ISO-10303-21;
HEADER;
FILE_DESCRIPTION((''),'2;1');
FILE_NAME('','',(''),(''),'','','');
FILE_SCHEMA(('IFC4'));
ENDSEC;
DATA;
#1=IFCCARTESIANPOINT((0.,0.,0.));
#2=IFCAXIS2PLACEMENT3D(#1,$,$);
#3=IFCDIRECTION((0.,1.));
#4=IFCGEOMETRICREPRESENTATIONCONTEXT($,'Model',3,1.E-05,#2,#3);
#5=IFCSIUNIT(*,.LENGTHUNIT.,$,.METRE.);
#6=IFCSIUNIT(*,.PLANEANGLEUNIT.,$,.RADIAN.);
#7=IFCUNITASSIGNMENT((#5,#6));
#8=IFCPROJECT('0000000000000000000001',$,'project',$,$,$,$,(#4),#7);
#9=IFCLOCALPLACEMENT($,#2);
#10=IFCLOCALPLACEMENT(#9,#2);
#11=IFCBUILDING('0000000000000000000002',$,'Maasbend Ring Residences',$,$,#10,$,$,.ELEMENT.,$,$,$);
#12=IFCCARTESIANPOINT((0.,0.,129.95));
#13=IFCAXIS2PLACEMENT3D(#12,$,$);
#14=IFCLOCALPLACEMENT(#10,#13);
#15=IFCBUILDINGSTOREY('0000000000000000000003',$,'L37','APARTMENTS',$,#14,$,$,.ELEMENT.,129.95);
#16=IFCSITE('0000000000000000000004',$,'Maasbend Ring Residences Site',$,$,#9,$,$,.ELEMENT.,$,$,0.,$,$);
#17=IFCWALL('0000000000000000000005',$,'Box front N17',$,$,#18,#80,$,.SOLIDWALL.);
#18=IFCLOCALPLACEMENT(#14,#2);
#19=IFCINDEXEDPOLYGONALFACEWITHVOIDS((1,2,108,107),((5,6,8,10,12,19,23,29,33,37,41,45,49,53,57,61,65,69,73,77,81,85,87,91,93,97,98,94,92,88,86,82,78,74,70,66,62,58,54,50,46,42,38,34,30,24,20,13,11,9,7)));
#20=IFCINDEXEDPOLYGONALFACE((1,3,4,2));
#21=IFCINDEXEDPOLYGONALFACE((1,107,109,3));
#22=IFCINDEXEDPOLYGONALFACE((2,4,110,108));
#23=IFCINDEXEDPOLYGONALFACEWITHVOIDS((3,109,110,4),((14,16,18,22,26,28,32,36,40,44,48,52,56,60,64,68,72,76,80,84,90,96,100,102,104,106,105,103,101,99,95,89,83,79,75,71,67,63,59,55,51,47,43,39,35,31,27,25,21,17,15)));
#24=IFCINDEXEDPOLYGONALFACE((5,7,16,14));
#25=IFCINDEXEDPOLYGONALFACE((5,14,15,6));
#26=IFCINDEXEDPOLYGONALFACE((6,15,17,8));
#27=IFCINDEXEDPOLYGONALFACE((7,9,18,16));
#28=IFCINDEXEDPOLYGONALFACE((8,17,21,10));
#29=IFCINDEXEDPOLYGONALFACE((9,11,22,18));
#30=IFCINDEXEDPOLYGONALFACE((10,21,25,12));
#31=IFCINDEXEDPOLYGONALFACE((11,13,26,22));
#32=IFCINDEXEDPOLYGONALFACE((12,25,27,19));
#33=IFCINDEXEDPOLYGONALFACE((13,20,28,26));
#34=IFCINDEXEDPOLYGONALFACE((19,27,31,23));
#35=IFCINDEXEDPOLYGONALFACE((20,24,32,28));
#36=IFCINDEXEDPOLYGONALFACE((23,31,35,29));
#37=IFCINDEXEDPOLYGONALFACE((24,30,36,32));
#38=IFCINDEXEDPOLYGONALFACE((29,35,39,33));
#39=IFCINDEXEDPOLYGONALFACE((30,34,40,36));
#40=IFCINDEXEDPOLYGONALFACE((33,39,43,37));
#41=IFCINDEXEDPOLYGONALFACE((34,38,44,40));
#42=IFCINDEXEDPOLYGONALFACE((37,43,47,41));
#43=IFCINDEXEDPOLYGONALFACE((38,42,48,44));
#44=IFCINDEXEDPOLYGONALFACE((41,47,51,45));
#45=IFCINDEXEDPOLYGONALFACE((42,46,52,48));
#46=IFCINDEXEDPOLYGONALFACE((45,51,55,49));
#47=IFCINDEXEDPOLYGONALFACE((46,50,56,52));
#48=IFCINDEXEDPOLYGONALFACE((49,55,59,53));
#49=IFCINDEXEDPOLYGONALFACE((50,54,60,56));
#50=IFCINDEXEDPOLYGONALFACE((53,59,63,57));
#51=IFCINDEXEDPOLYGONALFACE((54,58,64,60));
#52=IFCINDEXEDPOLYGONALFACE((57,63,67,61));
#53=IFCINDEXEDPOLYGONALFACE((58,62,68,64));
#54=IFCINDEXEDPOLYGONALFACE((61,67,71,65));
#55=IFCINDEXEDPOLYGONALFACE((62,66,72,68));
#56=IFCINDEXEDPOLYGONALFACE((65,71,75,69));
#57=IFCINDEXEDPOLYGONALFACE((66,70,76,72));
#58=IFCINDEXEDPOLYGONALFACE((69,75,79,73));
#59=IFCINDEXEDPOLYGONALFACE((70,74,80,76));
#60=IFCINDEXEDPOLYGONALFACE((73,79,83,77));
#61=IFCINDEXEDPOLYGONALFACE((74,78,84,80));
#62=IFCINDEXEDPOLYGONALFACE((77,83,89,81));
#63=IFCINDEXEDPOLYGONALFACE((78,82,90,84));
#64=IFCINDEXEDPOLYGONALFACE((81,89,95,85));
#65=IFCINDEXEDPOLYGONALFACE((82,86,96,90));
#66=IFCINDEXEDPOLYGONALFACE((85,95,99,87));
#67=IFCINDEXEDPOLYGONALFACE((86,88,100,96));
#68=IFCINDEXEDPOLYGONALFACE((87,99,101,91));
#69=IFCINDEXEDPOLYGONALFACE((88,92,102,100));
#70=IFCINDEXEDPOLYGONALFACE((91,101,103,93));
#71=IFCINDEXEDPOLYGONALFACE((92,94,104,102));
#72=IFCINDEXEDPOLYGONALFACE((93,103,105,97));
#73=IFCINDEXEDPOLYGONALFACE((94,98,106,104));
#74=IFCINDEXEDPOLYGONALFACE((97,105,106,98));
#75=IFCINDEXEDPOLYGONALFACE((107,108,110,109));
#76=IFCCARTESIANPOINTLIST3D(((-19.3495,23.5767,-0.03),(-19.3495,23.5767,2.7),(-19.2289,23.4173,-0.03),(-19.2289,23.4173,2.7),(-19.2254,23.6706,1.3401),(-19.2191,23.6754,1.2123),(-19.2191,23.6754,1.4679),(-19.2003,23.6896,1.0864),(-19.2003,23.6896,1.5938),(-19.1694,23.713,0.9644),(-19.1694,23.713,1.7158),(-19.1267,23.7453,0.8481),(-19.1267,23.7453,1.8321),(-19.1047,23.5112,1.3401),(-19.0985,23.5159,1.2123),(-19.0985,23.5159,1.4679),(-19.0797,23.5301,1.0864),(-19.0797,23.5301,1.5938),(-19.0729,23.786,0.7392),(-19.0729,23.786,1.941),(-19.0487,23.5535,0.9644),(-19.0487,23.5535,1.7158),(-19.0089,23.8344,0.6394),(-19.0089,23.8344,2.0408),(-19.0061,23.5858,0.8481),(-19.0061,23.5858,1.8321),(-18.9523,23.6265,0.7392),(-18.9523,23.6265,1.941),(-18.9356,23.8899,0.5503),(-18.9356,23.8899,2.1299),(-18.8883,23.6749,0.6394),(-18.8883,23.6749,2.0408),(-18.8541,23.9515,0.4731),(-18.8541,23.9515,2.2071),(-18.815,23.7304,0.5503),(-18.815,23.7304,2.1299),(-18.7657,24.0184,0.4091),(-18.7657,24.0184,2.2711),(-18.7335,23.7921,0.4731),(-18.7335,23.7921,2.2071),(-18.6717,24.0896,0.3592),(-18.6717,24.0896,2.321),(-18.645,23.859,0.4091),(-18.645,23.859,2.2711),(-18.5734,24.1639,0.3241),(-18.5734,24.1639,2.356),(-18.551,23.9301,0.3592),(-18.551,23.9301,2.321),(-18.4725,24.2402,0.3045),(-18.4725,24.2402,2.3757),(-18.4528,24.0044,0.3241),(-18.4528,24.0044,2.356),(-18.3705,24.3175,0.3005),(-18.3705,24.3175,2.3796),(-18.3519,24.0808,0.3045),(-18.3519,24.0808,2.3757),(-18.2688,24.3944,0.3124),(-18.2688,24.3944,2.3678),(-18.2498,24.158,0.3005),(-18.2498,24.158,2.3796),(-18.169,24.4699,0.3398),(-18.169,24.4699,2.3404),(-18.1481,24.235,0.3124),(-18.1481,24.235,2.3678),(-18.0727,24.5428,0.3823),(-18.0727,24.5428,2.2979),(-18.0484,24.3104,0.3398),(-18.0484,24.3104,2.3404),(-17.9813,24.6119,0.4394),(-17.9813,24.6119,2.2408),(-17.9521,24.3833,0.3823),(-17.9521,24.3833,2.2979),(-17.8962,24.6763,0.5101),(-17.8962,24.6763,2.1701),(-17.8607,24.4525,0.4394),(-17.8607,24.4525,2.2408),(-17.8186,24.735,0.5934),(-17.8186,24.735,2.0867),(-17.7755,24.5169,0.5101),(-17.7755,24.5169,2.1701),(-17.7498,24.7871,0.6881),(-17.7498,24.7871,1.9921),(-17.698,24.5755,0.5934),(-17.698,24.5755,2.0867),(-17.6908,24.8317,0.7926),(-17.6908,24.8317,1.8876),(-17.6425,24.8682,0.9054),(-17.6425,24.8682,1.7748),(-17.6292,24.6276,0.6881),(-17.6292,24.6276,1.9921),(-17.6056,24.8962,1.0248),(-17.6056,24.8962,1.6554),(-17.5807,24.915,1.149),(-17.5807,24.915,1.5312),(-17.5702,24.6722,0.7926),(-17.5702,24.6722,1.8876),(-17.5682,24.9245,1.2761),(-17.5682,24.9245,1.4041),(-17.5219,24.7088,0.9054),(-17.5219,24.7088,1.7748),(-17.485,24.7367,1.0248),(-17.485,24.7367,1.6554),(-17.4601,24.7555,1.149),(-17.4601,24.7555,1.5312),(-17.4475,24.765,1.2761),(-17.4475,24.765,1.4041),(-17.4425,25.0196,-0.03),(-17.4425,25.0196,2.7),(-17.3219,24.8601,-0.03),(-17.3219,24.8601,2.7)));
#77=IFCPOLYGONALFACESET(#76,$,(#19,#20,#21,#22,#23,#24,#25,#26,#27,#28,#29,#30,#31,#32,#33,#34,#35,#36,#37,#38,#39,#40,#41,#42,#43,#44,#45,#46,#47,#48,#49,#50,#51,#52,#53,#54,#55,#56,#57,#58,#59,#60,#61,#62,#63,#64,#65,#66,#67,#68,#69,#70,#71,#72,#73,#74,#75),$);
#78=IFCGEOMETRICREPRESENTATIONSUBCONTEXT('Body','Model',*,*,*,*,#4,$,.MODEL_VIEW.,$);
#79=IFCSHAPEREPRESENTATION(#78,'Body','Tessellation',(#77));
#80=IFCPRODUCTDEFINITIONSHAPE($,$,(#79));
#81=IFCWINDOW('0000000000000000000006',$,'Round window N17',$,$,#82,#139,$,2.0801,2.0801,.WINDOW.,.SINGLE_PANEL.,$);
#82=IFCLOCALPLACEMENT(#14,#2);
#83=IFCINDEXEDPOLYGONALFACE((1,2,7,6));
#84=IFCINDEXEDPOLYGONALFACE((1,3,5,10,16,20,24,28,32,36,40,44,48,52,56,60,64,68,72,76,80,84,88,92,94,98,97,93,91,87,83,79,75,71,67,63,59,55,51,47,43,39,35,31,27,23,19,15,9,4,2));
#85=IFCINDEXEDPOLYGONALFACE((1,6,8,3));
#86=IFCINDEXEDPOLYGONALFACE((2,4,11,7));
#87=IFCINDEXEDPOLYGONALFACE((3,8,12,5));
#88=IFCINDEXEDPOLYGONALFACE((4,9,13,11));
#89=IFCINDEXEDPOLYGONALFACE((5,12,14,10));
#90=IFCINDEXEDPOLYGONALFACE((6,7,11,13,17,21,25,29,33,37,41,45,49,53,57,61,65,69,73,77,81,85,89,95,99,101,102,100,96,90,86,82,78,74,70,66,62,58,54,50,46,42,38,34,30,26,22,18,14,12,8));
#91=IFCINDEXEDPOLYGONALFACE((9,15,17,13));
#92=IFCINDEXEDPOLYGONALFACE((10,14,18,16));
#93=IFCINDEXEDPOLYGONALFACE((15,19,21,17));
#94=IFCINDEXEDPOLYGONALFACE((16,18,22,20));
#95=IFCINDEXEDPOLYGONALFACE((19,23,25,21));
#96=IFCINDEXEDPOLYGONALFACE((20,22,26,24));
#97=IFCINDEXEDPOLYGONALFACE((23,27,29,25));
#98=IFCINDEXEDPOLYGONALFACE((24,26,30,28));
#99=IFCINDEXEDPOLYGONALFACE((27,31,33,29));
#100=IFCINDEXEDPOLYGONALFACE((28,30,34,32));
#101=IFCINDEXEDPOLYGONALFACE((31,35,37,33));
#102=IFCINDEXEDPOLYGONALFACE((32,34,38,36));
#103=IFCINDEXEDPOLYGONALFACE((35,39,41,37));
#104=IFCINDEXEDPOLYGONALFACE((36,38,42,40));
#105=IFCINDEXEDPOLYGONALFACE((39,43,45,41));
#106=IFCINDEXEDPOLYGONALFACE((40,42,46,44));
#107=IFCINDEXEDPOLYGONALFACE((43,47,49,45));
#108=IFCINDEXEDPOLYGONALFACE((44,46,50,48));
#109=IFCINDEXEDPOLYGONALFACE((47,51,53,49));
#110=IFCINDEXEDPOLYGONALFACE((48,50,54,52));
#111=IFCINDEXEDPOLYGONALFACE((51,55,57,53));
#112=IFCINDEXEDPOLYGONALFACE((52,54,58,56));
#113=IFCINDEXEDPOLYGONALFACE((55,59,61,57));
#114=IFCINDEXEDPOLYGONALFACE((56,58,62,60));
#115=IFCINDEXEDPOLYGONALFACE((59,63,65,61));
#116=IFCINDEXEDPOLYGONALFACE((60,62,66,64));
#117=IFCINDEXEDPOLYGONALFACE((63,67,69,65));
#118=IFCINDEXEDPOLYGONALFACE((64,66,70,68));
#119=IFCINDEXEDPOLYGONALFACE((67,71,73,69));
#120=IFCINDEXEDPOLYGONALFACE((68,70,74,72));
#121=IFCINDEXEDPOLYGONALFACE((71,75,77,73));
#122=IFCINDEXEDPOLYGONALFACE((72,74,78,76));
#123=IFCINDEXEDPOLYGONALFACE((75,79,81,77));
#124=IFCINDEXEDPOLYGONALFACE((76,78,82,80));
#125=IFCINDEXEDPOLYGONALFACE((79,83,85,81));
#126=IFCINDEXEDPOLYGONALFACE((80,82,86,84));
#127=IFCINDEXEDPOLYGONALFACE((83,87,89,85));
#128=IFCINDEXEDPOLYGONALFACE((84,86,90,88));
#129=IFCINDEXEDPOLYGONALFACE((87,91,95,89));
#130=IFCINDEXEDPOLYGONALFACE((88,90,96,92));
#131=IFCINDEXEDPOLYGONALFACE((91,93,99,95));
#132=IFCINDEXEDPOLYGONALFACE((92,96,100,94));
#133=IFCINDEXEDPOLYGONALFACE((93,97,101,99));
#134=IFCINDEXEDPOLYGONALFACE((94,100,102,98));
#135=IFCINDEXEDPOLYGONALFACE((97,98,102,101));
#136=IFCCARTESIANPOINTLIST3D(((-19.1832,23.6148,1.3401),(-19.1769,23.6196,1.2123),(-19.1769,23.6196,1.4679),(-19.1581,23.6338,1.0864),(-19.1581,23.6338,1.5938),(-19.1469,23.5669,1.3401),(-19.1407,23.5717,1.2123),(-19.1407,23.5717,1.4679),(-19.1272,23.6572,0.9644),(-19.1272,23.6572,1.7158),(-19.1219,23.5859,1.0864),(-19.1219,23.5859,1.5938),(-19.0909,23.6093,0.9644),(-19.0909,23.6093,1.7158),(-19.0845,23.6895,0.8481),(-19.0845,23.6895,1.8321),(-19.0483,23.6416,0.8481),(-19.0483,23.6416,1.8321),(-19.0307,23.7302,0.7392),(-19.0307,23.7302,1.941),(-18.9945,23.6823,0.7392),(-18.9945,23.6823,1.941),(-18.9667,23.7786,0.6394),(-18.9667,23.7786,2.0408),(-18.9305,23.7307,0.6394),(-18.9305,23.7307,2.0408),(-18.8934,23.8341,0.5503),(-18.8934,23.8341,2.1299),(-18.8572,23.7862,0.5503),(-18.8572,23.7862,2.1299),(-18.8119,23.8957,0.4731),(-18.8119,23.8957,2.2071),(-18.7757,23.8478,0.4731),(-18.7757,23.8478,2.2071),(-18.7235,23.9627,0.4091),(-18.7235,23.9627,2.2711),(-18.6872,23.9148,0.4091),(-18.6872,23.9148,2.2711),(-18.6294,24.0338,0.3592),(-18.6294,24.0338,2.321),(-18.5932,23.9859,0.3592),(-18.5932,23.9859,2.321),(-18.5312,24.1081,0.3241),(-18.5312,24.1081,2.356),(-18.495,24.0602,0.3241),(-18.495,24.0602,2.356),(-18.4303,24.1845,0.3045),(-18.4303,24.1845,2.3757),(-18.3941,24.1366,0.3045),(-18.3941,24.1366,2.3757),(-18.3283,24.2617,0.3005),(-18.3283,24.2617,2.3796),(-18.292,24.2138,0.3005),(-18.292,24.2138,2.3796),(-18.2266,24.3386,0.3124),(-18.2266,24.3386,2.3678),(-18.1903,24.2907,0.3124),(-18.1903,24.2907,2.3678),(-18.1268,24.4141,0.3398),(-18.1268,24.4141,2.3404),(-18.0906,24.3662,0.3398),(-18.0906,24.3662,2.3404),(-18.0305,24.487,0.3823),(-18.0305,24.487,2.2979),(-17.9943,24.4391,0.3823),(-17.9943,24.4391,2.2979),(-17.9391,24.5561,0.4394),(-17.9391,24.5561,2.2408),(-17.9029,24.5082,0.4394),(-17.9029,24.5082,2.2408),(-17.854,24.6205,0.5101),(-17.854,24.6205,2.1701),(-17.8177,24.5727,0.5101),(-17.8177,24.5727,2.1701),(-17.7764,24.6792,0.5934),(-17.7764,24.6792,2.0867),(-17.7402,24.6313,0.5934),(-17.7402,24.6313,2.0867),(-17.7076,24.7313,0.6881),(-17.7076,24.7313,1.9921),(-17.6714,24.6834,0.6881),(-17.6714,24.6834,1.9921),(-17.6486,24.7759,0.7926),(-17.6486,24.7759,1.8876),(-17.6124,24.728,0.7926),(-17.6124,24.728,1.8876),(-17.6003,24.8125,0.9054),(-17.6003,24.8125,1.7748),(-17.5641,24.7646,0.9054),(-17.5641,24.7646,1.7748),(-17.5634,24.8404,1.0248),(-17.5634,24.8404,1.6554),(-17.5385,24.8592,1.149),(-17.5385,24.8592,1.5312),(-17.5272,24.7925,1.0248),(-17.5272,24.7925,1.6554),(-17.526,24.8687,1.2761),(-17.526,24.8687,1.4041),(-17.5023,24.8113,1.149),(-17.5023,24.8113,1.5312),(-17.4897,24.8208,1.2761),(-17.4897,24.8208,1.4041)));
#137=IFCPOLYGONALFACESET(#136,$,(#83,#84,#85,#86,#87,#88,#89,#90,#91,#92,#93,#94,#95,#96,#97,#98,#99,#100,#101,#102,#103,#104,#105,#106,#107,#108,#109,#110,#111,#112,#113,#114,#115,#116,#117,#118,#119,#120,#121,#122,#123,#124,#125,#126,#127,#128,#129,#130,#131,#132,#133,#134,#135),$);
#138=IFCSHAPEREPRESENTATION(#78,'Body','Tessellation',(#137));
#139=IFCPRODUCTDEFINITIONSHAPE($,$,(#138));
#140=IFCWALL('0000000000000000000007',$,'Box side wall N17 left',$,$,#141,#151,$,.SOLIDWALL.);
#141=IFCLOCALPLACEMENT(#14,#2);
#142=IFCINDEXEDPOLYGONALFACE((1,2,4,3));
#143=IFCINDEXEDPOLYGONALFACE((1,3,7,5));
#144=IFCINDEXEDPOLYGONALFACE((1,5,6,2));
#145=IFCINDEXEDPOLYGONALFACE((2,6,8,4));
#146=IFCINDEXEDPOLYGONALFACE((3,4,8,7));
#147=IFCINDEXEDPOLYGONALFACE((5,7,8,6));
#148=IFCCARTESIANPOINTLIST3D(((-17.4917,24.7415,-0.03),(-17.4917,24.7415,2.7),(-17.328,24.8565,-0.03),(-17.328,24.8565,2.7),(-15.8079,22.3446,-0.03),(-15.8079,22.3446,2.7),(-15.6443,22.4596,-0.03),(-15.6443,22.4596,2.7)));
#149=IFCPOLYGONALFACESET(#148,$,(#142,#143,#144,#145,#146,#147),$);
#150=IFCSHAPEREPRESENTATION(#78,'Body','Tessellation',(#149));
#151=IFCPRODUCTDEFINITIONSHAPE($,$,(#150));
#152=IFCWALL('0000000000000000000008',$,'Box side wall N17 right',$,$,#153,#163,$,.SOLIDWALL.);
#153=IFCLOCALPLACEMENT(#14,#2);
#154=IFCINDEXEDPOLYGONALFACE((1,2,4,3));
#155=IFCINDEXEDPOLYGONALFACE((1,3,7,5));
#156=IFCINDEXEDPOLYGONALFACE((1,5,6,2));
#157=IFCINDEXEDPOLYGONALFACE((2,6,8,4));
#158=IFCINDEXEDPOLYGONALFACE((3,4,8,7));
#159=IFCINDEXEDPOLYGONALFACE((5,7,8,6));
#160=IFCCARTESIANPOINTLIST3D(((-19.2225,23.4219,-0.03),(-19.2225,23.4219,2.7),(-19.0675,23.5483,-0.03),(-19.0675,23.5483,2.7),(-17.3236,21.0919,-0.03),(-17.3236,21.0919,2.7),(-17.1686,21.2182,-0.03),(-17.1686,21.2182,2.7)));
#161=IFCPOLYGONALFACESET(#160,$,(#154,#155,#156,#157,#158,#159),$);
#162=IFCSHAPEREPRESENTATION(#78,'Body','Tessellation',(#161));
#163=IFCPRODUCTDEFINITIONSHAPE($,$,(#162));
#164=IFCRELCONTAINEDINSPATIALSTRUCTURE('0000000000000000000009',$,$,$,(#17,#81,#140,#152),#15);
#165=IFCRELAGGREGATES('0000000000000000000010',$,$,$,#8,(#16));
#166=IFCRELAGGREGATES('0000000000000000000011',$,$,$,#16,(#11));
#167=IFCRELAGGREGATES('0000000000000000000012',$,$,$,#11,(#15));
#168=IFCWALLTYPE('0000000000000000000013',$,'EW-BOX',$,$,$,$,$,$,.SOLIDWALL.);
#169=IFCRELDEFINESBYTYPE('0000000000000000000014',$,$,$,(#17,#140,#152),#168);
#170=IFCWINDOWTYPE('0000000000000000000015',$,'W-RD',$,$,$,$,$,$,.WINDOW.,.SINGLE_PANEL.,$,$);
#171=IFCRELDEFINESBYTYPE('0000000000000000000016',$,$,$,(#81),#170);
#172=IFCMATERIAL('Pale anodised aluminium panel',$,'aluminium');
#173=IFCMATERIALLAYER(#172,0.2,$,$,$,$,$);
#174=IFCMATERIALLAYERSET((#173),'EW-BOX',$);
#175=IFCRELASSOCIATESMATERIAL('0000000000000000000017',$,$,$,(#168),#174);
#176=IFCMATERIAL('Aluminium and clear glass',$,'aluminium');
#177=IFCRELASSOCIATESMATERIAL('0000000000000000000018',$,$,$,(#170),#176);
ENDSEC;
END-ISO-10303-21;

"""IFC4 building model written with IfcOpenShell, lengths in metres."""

from ifc_helpers import new_model, si_unit, direction, frame, frame_2d, origin, place, context, subcontext, project, spatial, rectangle, circle, extrude, material, layer, layer_set, type_object, element, fill, save


model = new_model("IFC4")

# Units and contexts
model_context = context("Model", 3, precision=1e-05, world=origin(), true_north=direction((0.0, 1.0)))
body_context = subcontext(model_context, "Body", "Model", "MODEL_VIEW")
ifc_project = project(units=[si_unit("LENGTHUNIT", "METRE"), si_unit("PLANEANGLEUNIT", "RADIAN")], contexts=[model_context])

# Site, building, storey
site_placement = place(None, origin())
site = spatial("IfcSite", under=ifc_project, at=site_placement, Name="Maasbend Ring Residences Site", CompositionType="ELEMENT", RefElevation=0.0)
building_placement = place(site_placement, origin())
building = spatial("IfcBuilding", under=site, at=building_placement, Name="Maasbend Ring Residences", CompositionType="ELEMENT")
storey_placement = place(building_placement, frame((0.0, 0.0, 129.95)))
storey = spatial("IfcBuildingStorey", under=building, at=storey_placement, Name="L37", Description="APARTMENTS", CompositionType="ELEMENT", Elevation=129.95)

# Shared definitions
ifc_material_1 = material(Name="Pale anodised aluminium panel", Category="aluminium")
ifc_layer_1 = layer(ifc_material_1, 0.2)
ifc_layer_set_1 = layer_set([ifc_layer_1], Name="EW-BOX")
wall_type_1 = type_object("IfcWallType", Name="EW-BOX", PredefinedType="SOLIDWALL", material=ifc_layer_set_1)
ifc_material_2 = material(Name="Aluminium and clear glass", Category="aluminium")
window_type_1 = type_object("IfcWindowType", Name="W-RD", PartitioningType="SINGLE_PANEL", PredefinedType="WINDOW", material=ifc_material_2)

# Wall, opening, window
wall_1_placement = place(storey_placement, frame((-17.3821, 24.9399, -0.03), z_axis=(0.0, 0.0, 1.0), x_axis=(-0.797457, -0.603376, 0.0)))
wall_1 = element("IfcWall", 1, at=wall_1_placement, inside=storey, type_object=wall_type_1, Name="Box front N17", PredefinedType="SOLIDWALL", context=body_context, shape_type="SweptSolid", body=[
    extrude(rectangle(XDim=2.3914, YDim=0.2, at=frame_2d((1.1958, 0.0))), origin(), (0.0, 0.0, 1.0), 2.73),
])
opening_1_placement = place(wall_1_placement, frame((0.1558, 0.0, 0.3301)))
opening_1 = element("IfcOpeningElement", 2, at=opening_1_placement, cuts=wall_1, PredefinedType="OPENING", context=body_context, shape_type="SweptSolid", body=[
    extrude(circle(Radius=1.04, at=frame_2d((1.04, 1.04))), frame((0.0, 0.1099, 0.0), z_axis=(0.0, -1.0, 0.0), x_axis=(1.0, 0.0, 0.0)), (0.0, 0.0, 1.0), 0.22),
])
window_1_placement = place(opening_1_placement, origin())
window_1 = element("IfcWindow", 3, at=window_1_placement, inside=storey, type_object=window_type_1, Name="Round window N17", OverallHeight=2.0801, OverallWidth=2.0801, PartitioningType="SINGLE_PANEL", PredefinedType="WINDOW", context=body_context, shape_type="SweptSolid", body=[
    extrude(circle(Radius=1.04, at=frame_2d((1.04, 1.04))), frame((0.0, 0.03, 0.0), z_axis=(0.0, -1.0, 0.0), x_axis=(1.0, 0.0, 0.0)), (0.0, 0.0, 1.0), 0.0601),
])
fill(opening_1, window_1)

# Walls
wall_2_placement = place(storey_placement, frame((-15.7261, 22.4021, -0.03), z_axis=(0.0, 0.0, 1.0), x_axis=(-0.574826, 0.818275, 0.0)))
element("IfcWall", 4, at=wall_2_placement, inside=storey, type_object=wall_type_1, Name="Box side wall N17 left", PredefinedType="SOLIDWALL", context=body_context, shape_type="SweptSolid", body=[
    extrude(rectangle(XDim=2.9292, YDim=0.2, at=frame_2d((1.4646, 0.0))), origin(), (0.0, 0.0, 1.0), 2.73),
])
wall_3_placement = place(storey_placement, frame((-17.2461, 21.155, -0.03), z_axis=(0.0, 0.0, 1.0), x_axis=(-0.631742, 0.775179, 0.0)))
element("IfcWall", 5, at=wall_3_placement, inside=storey, type_object=wall_type_1, Name="Box side wall N17 right", PredefinedType="SOLIDWALL", context=body_context, shape_type="SweptSolid", body=[
    extrude(rectangle(XDim=3.0059, YDim=0.2, at=frame_2d((1.5029, 0.0))), origin(), (0.0, 0.0, 1.0), 2.73),
])

save(model, "model.ifc")
